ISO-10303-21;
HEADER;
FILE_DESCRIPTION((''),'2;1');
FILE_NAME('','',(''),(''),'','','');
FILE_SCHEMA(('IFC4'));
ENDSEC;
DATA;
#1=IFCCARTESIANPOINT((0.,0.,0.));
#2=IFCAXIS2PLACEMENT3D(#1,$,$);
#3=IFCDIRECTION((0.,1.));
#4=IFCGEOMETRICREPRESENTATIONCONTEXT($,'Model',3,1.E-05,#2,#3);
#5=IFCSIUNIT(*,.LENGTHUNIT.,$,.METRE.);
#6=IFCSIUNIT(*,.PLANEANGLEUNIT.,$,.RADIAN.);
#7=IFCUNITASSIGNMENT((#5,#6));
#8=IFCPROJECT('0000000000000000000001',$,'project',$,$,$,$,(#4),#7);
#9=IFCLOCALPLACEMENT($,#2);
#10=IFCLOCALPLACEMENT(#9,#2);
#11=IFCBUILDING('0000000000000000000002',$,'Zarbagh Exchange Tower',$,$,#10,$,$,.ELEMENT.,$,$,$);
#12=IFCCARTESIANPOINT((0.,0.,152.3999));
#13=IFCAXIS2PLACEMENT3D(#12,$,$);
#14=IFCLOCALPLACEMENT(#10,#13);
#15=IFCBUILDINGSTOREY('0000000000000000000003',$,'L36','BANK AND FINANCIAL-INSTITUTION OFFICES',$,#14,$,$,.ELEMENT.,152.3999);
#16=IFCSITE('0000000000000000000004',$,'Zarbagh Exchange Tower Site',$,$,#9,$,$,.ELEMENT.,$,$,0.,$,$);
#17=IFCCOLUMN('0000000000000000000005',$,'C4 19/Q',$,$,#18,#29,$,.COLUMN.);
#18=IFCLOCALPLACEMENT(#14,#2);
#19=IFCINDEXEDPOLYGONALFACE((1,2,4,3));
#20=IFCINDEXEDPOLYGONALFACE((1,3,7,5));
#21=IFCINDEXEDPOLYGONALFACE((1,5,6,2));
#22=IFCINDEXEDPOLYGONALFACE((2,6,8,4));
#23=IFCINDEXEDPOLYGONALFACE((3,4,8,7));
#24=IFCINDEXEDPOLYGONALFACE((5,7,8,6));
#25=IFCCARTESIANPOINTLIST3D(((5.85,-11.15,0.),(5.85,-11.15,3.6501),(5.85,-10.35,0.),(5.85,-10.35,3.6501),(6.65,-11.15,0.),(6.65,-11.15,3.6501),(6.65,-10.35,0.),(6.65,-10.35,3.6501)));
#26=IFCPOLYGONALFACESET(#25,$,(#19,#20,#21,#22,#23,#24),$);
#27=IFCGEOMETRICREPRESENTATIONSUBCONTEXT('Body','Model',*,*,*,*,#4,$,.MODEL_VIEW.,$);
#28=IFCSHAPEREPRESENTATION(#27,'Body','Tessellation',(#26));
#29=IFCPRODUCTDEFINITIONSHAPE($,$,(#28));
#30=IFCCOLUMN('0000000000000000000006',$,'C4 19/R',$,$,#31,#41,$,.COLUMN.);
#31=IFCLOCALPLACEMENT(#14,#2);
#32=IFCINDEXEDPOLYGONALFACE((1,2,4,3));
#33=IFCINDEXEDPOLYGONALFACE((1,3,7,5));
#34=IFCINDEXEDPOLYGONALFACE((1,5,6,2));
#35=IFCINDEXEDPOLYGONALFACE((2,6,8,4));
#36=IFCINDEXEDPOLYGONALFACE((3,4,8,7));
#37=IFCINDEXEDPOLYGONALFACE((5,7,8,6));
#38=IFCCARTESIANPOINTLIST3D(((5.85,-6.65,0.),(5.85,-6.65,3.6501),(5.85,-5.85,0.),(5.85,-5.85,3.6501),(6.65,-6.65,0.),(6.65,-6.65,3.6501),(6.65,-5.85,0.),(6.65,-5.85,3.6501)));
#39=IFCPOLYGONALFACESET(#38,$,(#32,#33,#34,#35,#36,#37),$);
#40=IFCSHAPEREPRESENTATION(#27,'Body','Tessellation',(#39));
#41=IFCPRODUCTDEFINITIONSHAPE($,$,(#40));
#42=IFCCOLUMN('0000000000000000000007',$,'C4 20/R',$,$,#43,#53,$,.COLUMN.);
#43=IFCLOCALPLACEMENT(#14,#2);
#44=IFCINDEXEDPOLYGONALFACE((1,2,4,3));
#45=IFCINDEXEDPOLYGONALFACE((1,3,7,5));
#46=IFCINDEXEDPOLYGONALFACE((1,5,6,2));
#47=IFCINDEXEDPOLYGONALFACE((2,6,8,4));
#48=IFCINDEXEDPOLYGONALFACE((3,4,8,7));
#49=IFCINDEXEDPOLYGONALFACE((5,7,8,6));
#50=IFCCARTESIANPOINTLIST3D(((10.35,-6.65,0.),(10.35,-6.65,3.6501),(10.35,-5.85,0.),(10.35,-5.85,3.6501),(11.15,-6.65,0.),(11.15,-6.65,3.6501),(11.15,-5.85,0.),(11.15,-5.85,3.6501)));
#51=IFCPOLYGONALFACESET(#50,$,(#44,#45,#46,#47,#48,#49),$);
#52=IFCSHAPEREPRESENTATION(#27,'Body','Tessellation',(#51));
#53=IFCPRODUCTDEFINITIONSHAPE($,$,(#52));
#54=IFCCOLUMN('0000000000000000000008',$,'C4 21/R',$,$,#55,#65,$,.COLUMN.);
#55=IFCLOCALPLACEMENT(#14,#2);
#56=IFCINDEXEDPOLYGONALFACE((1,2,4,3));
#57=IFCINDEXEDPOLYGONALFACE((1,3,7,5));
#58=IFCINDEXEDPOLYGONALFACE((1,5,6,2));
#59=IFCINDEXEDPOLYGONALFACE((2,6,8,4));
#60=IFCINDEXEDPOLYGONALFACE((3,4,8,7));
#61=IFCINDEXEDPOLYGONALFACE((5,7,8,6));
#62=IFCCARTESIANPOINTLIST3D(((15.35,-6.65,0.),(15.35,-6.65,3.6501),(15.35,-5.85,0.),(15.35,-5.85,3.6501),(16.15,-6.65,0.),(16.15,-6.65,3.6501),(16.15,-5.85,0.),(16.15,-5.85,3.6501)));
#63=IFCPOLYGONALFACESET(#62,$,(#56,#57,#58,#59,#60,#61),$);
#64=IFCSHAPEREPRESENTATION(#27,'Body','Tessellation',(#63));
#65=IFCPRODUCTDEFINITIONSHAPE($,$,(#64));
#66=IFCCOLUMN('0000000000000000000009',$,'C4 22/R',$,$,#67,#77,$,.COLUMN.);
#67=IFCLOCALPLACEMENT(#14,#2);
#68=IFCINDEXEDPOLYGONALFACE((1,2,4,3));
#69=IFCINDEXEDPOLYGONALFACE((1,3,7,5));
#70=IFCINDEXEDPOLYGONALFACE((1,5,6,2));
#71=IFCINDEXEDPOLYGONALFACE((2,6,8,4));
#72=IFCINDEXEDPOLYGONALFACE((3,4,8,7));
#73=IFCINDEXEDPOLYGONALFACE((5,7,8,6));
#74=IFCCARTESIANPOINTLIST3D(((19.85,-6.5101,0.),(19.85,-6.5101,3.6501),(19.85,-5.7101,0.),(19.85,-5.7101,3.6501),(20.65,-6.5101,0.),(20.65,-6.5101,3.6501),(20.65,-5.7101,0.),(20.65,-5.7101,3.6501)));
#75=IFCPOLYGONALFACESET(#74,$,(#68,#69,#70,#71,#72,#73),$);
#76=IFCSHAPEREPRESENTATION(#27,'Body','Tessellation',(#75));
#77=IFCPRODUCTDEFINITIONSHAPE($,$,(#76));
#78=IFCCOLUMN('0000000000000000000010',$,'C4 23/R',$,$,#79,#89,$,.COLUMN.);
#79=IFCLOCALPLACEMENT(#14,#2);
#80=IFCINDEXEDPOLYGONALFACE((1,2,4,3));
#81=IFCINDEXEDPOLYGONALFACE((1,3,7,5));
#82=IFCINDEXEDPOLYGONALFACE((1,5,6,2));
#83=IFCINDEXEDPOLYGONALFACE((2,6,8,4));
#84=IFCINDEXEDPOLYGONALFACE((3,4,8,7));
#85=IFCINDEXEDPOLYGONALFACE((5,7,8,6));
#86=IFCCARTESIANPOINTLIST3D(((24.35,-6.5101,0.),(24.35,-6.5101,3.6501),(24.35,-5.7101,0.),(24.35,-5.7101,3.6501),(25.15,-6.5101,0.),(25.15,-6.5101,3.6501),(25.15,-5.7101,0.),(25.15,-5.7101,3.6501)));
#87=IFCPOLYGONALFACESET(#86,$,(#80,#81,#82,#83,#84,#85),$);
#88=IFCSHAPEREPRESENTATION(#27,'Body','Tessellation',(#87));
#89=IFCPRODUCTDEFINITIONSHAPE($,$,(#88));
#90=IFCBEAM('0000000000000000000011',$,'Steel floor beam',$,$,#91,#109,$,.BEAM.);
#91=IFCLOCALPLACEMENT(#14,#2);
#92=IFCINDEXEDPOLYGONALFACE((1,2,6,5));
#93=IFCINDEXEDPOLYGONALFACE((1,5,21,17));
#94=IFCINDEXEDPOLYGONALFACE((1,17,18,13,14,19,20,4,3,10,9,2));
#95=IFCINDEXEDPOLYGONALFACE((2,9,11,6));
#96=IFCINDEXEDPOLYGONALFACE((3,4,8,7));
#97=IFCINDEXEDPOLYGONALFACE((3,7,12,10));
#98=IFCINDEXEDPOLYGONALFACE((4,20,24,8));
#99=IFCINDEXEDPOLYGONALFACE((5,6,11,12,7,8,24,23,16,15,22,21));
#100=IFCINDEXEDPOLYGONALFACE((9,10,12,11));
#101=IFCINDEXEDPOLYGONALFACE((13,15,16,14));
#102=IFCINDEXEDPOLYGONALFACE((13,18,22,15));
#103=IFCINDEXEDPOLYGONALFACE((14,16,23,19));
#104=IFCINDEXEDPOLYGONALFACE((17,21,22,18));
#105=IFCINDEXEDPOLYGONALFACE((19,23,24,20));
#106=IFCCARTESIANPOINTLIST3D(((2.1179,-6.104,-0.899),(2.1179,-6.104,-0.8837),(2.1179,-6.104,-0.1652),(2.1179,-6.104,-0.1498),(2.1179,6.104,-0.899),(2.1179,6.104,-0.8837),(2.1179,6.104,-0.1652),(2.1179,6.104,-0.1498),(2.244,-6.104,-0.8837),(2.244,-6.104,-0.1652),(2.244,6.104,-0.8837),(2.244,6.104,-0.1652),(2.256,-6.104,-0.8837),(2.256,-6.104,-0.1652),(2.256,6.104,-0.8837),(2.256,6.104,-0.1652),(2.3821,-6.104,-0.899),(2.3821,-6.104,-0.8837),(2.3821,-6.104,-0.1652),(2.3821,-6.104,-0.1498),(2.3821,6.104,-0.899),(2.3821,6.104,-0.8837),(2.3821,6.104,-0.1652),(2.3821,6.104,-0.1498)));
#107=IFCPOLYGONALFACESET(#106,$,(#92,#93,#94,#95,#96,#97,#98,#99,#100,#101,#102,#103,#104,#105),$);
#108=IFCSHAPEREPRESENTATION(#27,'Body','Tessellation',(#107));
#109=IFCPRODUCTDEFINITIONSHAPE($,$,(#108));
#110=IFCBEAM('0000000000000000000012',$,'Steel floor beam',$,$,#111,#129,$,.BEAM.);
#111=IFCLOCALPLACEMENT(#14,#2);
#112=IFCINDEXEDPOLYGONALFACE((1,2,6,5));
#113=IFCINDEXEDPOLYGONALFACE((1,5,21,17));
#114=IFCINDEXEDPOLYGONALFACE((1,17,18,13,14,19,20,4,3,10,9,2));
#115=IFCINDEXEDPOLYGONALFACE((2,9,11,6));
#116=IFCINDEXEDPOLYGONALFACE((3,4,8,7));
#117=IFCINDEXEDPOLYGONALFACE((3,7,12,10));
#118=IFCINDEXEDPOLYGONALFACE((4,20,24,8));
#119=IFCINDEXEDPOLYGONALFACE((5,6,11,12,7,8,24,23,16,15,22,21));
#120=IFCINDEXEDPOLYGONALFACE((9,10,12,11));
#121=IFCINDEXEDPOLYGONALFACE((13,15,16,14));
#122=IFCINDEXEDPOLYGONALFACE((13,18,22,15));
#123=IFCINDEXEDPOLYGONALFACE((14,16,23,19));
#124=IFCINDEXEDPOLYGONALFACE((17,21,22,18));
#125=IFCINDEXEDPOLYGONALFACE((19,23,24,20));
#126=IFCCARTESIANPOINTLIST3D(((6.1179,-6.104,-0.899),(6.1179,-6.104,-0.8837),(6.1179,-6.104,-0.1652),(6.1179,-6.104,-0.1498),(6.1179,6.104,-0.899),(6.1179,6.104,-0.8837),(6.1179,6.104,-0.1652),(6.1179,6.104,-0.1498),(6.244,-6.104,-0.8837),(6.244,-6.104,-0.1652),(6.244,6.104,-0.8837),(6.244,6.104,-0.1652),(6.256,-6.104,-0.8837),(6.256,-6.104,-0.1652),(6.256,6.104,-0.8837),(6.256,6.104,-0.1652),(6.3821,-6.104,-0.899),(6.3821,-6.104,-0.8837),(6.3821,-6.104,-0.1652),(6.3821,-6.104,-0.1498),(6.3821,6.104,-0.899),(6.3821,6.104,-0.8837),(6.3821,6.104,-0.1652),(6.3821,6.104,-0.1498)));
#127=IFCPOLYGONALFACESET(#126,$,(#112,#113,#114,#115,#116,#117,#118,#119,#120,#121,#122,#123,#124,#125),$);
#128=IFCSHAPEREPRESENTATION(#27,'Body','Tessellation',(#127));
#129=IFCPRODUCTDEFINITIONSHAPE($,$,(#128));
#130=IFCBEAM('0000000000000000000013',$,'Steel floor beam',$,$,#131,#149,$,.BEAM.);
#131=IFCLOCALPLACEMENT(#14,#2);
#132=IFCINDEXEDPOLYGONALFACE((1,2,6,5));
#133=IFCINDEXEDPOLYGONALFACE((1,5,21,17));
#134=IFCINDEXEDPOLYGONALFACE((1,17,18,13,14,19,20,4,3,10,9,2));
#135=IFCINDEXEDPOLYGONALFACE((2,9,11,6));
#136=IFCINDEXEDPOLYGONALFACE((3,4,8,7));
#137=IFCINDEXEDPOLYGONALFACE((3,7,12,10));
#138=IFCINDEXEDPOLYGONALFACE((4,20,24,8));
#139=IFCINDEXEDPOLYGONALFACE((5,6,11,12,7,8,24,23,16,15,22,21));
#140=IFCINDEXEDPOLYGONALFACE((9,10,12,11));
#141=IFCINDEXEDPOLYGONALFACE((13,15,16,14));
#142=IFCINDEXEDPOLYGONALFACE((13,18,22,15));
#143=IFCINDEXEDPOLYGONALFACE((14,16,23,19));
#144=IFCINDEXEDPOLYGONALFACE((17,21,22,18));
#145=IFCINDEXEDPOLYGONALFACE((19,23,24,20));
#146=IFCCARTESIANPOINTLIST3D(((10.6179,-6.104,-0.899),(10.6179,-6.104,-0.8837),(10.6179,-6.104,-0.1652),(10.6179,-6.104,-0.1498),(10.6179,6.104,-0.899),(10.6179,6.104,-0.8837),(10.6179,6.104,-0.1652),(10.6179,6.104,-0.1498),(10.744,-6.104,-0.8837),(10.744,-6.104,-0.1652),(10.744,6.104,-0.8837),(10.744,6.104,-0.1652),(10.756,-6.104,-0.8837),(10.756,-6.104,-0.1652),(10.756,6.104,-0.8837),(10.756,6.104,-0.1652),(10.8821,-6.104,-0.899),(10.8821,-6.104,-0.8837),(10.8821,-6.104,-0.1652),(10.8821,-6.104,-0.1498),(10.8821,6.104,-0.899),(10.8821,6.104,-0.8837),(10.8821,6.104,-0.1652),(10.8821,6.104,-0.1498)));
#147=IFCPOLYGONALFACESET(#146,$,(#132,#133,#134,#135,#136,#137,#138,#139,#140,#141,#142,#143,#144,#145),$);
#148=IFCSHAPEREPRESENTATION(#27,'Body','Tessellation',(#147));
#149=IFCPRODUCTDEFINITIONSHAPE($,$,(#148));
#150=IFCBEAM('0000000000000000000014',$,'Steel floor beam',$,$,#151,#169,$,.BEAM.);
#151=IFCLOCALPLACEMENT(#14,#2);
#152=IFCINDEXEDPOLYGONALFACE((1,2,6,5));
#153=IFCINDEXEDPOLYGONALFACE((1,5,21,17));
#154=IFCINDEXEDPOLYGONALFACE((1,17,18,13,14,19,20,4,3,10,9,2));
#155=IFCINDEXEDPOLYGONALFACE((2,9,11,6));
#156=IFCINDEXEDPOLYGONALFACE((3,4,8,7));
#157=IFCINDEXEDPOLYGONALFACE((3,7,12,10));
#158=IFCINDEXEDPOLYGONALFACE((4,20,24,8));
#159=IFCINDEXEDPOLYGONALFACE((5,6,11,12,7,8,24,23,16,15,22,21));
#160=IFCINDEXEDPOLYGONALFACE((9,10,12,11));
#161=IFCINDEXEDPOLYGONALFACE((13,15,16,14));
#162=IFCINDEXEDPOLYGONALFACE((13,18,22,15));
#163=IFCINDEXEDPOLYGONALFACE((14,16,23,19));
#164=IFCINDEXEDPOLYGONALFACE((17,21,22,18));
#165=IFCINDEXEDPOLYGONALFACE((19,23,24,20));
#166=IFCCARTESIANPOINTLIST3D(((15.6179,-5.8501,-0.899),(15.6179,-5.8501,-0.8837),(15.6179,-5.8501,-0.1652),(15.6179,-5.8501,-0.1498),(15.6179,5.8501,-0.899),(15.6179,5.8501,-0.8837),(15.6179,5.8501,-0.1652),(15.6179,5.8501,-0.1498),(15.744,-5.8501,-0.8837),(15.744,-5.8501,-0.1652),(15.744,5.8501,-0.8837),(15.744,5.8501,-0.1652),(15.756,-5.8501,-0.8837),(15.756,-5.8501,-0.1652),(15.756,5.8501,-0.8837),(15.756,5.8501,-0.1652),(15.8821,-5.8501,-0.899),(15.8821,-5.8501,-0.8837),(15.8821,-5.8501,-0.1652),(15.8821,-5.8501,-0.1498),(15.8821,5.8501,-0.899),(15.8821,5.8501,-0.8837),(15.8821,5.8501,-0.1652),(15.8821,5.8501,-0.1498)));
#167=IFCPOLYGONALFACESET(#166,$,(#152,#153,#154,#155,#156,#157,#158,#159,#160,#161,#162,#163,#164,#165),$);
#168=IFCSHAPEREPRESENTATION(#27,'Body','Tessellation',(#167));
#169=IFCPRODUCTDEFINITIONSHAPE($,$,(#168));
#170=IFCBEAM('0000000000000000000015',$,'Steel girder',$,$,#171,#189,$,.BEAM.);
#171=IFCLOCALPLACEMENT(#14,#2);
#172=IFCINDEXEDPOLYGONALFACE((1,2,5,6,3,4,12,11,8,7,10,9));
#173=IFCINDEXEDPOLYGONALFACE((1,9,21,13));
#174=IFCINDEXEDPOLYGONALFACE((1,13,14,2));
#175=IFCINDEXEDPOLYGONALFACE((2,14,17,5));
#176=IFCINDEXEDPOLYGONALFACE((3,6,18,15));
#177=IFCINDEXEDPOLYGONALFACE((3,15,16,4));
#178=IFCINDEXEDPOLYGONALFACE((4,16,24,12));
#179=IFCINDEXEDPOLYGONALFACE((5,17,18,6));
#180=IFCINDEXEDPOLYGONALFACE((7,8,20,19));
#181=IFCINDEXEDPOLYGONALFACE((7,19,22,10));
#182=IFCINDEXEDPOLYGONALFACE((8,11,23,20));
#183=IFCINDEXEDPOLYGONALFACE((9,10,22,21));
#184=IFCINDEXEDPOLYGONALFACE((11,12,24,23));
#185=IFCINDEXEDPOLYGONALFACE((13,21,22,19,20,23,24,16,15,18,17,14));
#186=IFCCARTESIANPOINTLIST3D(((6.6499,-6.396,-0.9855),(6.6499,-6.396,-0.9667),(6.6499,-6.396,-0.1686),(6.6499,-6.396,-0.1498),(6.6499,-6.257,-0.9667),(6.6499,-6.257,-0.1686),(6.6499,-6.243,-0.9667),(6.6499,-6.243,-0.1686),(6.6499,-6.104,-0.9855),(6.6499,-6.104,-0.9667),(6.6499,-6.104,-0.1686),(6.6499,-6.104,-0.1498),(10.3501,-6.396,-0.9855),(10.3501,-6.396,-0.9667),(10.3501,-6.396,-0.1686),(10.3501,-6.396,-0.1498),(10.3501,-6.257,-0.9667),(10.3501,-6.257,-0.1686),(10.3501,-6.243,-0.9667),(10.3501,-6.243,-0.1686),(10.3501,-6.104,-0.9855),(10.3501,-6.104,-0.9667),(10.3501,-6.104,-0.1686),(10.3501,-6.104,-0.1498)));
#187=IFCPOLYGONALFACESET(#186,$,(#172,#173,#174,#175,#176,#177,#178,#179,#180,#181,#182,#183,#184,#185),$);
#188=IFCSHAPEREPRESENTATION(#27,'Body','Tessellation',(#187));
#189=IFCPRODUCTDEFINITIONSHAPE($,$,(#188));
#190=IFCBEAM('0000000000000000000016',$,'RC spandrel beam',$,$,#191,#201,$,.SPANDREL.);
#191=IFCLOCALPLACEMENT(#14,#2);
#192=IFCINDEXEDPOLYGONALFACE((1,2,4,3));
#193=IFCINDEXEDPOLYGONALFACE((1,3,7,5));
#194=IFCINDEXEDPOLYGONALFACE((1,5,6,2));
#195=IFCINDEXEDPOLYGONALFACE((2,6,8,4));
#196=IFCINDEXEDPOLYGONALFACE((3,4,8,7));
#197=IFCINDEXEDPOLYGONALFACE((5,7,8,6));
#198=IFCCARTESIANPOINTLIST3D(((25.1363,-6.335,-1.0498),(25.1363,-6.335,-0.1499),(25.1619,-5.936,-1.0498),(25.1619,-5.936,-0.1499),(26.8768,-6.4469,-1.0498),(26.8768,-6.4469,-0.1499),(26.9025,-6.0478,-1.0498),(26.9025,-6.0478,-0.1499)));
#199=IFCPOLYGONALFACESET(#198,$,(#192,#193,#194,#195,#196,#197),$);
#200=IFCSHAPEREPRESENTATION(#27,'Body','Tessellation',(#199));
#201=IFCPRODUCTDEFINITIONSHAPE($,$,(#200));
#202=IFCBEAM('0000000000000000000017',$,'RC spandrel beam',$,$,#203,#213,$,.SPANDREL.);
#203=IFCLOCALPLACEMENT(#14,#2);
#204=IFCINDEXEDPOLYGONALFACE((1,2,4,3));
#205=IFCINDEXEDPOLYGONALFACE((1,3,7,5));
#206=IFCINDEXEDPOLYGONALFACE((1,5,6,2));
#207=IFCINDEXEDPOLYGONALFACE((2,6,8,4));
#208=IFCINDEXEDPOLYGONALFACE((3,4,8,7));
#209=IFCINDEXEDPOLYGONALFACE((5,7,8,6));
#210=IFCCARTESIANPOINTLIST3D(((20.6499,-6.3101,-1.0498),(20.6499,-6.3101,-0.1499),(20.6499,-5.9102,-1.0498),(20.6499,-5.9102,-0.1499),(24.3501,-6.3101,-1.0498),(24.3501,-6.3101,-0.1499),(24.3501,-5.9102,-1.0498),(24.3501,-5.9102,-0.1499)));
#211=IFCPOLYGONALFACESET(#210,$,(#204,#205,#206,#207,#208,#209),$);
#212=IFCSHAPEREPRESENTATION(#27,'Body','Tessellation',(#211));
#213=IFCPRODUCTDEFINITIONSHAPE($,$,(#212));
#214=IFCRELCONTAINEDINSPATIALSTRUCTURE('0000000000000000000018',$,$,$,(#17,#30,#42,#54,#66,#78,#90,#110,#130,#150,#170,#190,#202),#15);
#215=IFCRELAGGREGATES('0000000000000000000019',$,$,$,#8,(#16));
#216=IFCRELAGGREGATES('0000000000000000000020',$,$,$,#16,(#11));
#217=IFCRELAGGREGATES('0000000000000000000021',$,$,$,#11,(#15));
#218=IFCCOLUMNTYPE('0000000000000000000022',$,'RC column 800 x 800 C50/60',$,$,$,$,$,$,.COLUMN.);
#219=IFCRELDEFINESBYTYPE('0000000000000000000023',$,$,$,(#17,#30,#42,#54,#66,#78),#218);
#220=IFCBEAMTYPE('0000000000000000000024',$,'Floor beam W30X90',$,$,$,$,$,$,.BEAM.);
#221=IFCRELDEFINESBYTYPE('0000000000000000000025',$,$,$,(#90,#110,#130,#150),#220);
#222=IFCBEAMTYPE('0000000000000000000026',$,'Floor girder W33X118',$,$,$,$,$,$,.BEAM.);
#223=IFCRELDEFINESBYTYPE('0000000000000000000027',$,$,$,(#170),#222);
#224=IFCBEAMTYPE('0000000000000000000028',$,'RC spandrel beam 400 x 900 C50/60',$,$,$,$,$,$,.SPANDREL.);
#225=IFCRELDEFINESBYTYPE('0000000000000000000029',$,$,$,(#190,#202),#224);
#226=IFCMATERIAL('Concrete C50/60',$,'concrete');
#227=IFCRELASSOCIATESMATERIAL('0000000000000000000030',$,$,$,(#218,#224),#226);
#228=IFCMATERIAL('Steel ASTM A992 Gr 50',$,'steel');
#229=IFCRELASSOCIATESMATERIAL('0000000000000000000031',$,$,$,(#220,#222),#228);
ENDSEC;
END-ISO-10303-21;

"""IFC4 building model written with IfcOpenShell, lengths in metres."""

from ifc_helpers import new_model, si_unit, direction, frame, origin, origin_2d, place, context, subcontext, project, spatial, rectangle, i_section, extrude, material, material_profile, profile_set, type_object, element, save


model = new_model("IFC4")

# Units and contexts
model_context = context("Model", 3, precision=1e-05, world=origin(), true_north=direction((0.0, 1.0)))
body_context = subcontext(model_context, "Body", "Model", "MODEL_VIEW")
ifc_project = project(units=[si_unit("LENGTHUNIT", "METRE"), si_unit("PLANEANGLEUNIT", "RADIAN")], contexts=[model_context])

# Site, building, storey
site_placement = place(None, origin())
site = spatial("IfcSite", under=ifc_project, at=site_placement, Name="Zarbagh Exchange Tower Site", CompositionType="ELEMENT", RefElevation=0.0)
building_placement = place(site_placement, origin())
building = spatial("IfcBuilding", under=site, at=building_placement, Name="Zarbagh Exchange Tower", CompositionType="ELEMENT")
storey_placement = place(building_placement, frame((0.0, 0.0, 152.3999)))
storey = spatial("IfcBuildingStorey", under=building, at=storey_placement, Name="L36", Description="BANK AND FINANCIAL-INSTITUTION OFFICES", CompositionType="ELEMENT", Elevation=152.3999)

# Columns
ifc_material_1 = material(Name="Concrete C50/60", Category="concrete")
ifc_material_profile_1 = material_profile(ifc_material_1, rectangle(XDim=0.8, YDim=0.8, at=origin_2d()), Name="RC column 800 x 800 C50/60")
ifc_profile_set_1 = profile_set([ifc_material_profile_1], Name="Concrete C50/60")
column_type = type_object("IfcColumnType", Name="RC column 800 x 800 C50/60", PredefinedType="COLUMN", material=ifc_profile_set_1)
for number, where, z_axis, x_axis, name in (
    (1, (6.25, -10.75, 0.0), (0.0, 0.0, 1.0), (1.0, 0.0, 0.0), "C4 19/Q"),
    (2, (6.25, -6.25, 0.0), (0.0, 0.0, 1.0), (1.0, 0.0, 0.0), "C4 19/R"),
    (3, (10.75, -6.25, 0.0), (0.0, 0.0, 1.0), (1.0, 0.0, 0.0), "C4 20/R"),
    (4, (15.75, -6.25, 0.0), (0.0, 0.0, 1.0), (1.0, 0.0, 0.0), "C4 21/R"),
    (5, (20.25, -6.1101, 0.0), (0.0, 0.0, 1.0), (1.0, 0.0, 0.0), "C4 22/R"),
    (6, (24.75, -6.1101, 0.0), (0.0, 0.0, 1.0), (1.0, 0.0, 0.0), "C4 23/R"),
):
    element("IfcColumn", number, at=place(storey_placement, frame(where, z_axis=z_axis, x_axis=x_axis)), inside=storey, type_object=column_type, Name=name, PredefinedType="COLUMN", context=body_context, shape_type="SweptSolid", body=[
        extrude(rectangle(XDim=0.8, YDim=0.8, at=origin_2d()), origin(), (0.0, 0.0, 1.0), 3.6501),
    ])

# Beams
ifc_material_2 = material(Name="Steel ASTM A992 Gr 50", Category="steel")
ifc_material_profile_2 = material_profile(ifc_material_2, i_section(OverallWidth=0.2642, OverallDepth=0.7493, WebThickness=0.012, FlangeThickness=0.0154, at=origin_2d()), Name="W30X90")
ifc_profile_set_2 = profile_set([ifc_material_profile_2], Name="Steel ASTM A992 Gr 50")
beam_type_1 = type_object("IfcBeamType", Name="Floor beam W30X90", PredefinedType="BEAM", material=ifc_profile_set_2)
for number, where, z_axis, x_axis, name in (
    (7, (2.25, -6.104, -0.5244), (0.0, 1.0, 0.0), (-1.0, 0.0, 0.0), "Steel floor beam"),
    (8, (6.25, -6.104, -0.5244), (0.0, 1.0, 0.0), (-1.0, 0.0, 0.0), "Steel floor beam"),
    (9, (10.75, -6.104, -0.5244), (0.0, 1.0, 0.0), (-1.0, 0.0, 0.0), "Steel floor beam"),
):
    element("IfcBeam", number, at=place(storey_placement, frame(where, z_axis=z_axis, x_axis=x_axis)), inside=storey, type_object=beam_type_1, Name=name, PredefinedType="BEAM", context=body_context, shape_type="SweptSolid", body=[
        extrude(i_section(OverallWidth=0.2642, OverallDepth=0.7493, WebThickness=0.012, FlangeThickness=0.0154, at=origin_2d()), origin(), (0.0, 0.0, 1.0), 12.208),
    ])
beam_1_placement = place(storey_placement, frame((15.75, -5.8501, -0.5244), z_axis=(0.0, 1.0, 0.0), x_axis=(-1.0, 0.0, 0.0)))
element("IfcBeam", 10, at=beam_1_placement, inside=storey, type_object=beam_type_1, Name="Steel floor beam", PredefinedType="BEAM", context=body_context, shape_type="SweptSolid", body=[
    extrude(i_section(OverallWidth=0.2642, OverallDepth=0.7493, WebThickness=0.012, FlangeThickness=0.0154, at=origin_2d()), origin(), (0.0, 0.0, 1.0), 11.7002),
])
ifc_material_profile_3 = material_profile(ifc_material_2, i_section(OverallWidth=0.292, OverallDepth=0.8357, WebThickness=0.0139, FlangeThickness=0.0188, at=origin_2d()), Name="W33X118")
ifc_profile_set_3 = profile_set([ifc_material_profile_3], Name="Steel ASTM A992 Gr 50")
beam_type_2 = type_object("IfcBeamType", Name="Floor girder W33X118", PredefinedType="BEAM", material=ifc_profile_set_3)
beam_2_placement = place(storey_placement, frame((6.6499, -6.25, -0.5676), z_axis=(1.0, 0.0, 0.0), x_axis=(0.0, 1.0, 0.0)))
element("IfcBeam", 11, at=beam_2_placement, inside=storey, type_object=beam_type_2, Name="Steel girder", PredefinedType="BEAM", context=body_context, shape_type="SweptSolid", body=[
    extrude(i_section(OverallWidth=0.292, OverallDepth=0.8357, WebThickness=0.0139, FlangeThickness=0.0188, at=origin_2d()), origin(), (0.0, 0.0, 1.0), 3.7002),
])
ifc_material_profile_4 = material_profile(ifc_material_1, rectangle(XDim=0.3999, YDim=0.8999, at=origin_2d()), Name="RC spandrel beam 400 x 900 C50/60")
ifc_profile_set_4 = profile_set([ifc_material_profile_4], Name="Concrete C50/60")
beam_type_3 = type_object("IfcBeamType", Name="RC spandrel beam 400 x 900 C50/60", PredefinedType="SPANDREL", material=ifc_profile_set_4)
beam_3_placement = place(storey_placement, frame((26.8896, -6.2473, -0.5999), z_axis=(-0.997943, 0.064112, 0.0), x_axis=(-0.064112, -0.997943, 0.0)))
element("IfcBeam", 12, at=beam_3_placement, inside=storey, type_object=beam_type_3, Name="RC spandrel beam", PredefinedType="SPANDREL", context=body_context, shape_type="SweptSolid", body=[
    extrude(rectangle(XDim=0.3999, YDim=0.8999, at=origin_2d()), origin(), (0.0, 0.0, 1.0), 1.7441),
])
beam_4_placement = place(storey_placement, frame((24.3501, -6.1101, -0.5999), z_axis=(-1.0, 0.0, 0.0), x_axis=(0.0, -1.0, 0.0)))
element("IfcBeam", 13, at=beam_4_placement, inside=storey, type_object=beam_type_3, Name="RC spandrel beam", PredefinedType="SPANDREL", context=body_context, shape_type="SweptSolid", body=[
    extrude(rectangle(XDim=0.3999, YDim=0.8999, at=origin_2d()), origin(), (0.0, 0.0, 1.0), 3.7002),
])

save(model, "model.ifc")
